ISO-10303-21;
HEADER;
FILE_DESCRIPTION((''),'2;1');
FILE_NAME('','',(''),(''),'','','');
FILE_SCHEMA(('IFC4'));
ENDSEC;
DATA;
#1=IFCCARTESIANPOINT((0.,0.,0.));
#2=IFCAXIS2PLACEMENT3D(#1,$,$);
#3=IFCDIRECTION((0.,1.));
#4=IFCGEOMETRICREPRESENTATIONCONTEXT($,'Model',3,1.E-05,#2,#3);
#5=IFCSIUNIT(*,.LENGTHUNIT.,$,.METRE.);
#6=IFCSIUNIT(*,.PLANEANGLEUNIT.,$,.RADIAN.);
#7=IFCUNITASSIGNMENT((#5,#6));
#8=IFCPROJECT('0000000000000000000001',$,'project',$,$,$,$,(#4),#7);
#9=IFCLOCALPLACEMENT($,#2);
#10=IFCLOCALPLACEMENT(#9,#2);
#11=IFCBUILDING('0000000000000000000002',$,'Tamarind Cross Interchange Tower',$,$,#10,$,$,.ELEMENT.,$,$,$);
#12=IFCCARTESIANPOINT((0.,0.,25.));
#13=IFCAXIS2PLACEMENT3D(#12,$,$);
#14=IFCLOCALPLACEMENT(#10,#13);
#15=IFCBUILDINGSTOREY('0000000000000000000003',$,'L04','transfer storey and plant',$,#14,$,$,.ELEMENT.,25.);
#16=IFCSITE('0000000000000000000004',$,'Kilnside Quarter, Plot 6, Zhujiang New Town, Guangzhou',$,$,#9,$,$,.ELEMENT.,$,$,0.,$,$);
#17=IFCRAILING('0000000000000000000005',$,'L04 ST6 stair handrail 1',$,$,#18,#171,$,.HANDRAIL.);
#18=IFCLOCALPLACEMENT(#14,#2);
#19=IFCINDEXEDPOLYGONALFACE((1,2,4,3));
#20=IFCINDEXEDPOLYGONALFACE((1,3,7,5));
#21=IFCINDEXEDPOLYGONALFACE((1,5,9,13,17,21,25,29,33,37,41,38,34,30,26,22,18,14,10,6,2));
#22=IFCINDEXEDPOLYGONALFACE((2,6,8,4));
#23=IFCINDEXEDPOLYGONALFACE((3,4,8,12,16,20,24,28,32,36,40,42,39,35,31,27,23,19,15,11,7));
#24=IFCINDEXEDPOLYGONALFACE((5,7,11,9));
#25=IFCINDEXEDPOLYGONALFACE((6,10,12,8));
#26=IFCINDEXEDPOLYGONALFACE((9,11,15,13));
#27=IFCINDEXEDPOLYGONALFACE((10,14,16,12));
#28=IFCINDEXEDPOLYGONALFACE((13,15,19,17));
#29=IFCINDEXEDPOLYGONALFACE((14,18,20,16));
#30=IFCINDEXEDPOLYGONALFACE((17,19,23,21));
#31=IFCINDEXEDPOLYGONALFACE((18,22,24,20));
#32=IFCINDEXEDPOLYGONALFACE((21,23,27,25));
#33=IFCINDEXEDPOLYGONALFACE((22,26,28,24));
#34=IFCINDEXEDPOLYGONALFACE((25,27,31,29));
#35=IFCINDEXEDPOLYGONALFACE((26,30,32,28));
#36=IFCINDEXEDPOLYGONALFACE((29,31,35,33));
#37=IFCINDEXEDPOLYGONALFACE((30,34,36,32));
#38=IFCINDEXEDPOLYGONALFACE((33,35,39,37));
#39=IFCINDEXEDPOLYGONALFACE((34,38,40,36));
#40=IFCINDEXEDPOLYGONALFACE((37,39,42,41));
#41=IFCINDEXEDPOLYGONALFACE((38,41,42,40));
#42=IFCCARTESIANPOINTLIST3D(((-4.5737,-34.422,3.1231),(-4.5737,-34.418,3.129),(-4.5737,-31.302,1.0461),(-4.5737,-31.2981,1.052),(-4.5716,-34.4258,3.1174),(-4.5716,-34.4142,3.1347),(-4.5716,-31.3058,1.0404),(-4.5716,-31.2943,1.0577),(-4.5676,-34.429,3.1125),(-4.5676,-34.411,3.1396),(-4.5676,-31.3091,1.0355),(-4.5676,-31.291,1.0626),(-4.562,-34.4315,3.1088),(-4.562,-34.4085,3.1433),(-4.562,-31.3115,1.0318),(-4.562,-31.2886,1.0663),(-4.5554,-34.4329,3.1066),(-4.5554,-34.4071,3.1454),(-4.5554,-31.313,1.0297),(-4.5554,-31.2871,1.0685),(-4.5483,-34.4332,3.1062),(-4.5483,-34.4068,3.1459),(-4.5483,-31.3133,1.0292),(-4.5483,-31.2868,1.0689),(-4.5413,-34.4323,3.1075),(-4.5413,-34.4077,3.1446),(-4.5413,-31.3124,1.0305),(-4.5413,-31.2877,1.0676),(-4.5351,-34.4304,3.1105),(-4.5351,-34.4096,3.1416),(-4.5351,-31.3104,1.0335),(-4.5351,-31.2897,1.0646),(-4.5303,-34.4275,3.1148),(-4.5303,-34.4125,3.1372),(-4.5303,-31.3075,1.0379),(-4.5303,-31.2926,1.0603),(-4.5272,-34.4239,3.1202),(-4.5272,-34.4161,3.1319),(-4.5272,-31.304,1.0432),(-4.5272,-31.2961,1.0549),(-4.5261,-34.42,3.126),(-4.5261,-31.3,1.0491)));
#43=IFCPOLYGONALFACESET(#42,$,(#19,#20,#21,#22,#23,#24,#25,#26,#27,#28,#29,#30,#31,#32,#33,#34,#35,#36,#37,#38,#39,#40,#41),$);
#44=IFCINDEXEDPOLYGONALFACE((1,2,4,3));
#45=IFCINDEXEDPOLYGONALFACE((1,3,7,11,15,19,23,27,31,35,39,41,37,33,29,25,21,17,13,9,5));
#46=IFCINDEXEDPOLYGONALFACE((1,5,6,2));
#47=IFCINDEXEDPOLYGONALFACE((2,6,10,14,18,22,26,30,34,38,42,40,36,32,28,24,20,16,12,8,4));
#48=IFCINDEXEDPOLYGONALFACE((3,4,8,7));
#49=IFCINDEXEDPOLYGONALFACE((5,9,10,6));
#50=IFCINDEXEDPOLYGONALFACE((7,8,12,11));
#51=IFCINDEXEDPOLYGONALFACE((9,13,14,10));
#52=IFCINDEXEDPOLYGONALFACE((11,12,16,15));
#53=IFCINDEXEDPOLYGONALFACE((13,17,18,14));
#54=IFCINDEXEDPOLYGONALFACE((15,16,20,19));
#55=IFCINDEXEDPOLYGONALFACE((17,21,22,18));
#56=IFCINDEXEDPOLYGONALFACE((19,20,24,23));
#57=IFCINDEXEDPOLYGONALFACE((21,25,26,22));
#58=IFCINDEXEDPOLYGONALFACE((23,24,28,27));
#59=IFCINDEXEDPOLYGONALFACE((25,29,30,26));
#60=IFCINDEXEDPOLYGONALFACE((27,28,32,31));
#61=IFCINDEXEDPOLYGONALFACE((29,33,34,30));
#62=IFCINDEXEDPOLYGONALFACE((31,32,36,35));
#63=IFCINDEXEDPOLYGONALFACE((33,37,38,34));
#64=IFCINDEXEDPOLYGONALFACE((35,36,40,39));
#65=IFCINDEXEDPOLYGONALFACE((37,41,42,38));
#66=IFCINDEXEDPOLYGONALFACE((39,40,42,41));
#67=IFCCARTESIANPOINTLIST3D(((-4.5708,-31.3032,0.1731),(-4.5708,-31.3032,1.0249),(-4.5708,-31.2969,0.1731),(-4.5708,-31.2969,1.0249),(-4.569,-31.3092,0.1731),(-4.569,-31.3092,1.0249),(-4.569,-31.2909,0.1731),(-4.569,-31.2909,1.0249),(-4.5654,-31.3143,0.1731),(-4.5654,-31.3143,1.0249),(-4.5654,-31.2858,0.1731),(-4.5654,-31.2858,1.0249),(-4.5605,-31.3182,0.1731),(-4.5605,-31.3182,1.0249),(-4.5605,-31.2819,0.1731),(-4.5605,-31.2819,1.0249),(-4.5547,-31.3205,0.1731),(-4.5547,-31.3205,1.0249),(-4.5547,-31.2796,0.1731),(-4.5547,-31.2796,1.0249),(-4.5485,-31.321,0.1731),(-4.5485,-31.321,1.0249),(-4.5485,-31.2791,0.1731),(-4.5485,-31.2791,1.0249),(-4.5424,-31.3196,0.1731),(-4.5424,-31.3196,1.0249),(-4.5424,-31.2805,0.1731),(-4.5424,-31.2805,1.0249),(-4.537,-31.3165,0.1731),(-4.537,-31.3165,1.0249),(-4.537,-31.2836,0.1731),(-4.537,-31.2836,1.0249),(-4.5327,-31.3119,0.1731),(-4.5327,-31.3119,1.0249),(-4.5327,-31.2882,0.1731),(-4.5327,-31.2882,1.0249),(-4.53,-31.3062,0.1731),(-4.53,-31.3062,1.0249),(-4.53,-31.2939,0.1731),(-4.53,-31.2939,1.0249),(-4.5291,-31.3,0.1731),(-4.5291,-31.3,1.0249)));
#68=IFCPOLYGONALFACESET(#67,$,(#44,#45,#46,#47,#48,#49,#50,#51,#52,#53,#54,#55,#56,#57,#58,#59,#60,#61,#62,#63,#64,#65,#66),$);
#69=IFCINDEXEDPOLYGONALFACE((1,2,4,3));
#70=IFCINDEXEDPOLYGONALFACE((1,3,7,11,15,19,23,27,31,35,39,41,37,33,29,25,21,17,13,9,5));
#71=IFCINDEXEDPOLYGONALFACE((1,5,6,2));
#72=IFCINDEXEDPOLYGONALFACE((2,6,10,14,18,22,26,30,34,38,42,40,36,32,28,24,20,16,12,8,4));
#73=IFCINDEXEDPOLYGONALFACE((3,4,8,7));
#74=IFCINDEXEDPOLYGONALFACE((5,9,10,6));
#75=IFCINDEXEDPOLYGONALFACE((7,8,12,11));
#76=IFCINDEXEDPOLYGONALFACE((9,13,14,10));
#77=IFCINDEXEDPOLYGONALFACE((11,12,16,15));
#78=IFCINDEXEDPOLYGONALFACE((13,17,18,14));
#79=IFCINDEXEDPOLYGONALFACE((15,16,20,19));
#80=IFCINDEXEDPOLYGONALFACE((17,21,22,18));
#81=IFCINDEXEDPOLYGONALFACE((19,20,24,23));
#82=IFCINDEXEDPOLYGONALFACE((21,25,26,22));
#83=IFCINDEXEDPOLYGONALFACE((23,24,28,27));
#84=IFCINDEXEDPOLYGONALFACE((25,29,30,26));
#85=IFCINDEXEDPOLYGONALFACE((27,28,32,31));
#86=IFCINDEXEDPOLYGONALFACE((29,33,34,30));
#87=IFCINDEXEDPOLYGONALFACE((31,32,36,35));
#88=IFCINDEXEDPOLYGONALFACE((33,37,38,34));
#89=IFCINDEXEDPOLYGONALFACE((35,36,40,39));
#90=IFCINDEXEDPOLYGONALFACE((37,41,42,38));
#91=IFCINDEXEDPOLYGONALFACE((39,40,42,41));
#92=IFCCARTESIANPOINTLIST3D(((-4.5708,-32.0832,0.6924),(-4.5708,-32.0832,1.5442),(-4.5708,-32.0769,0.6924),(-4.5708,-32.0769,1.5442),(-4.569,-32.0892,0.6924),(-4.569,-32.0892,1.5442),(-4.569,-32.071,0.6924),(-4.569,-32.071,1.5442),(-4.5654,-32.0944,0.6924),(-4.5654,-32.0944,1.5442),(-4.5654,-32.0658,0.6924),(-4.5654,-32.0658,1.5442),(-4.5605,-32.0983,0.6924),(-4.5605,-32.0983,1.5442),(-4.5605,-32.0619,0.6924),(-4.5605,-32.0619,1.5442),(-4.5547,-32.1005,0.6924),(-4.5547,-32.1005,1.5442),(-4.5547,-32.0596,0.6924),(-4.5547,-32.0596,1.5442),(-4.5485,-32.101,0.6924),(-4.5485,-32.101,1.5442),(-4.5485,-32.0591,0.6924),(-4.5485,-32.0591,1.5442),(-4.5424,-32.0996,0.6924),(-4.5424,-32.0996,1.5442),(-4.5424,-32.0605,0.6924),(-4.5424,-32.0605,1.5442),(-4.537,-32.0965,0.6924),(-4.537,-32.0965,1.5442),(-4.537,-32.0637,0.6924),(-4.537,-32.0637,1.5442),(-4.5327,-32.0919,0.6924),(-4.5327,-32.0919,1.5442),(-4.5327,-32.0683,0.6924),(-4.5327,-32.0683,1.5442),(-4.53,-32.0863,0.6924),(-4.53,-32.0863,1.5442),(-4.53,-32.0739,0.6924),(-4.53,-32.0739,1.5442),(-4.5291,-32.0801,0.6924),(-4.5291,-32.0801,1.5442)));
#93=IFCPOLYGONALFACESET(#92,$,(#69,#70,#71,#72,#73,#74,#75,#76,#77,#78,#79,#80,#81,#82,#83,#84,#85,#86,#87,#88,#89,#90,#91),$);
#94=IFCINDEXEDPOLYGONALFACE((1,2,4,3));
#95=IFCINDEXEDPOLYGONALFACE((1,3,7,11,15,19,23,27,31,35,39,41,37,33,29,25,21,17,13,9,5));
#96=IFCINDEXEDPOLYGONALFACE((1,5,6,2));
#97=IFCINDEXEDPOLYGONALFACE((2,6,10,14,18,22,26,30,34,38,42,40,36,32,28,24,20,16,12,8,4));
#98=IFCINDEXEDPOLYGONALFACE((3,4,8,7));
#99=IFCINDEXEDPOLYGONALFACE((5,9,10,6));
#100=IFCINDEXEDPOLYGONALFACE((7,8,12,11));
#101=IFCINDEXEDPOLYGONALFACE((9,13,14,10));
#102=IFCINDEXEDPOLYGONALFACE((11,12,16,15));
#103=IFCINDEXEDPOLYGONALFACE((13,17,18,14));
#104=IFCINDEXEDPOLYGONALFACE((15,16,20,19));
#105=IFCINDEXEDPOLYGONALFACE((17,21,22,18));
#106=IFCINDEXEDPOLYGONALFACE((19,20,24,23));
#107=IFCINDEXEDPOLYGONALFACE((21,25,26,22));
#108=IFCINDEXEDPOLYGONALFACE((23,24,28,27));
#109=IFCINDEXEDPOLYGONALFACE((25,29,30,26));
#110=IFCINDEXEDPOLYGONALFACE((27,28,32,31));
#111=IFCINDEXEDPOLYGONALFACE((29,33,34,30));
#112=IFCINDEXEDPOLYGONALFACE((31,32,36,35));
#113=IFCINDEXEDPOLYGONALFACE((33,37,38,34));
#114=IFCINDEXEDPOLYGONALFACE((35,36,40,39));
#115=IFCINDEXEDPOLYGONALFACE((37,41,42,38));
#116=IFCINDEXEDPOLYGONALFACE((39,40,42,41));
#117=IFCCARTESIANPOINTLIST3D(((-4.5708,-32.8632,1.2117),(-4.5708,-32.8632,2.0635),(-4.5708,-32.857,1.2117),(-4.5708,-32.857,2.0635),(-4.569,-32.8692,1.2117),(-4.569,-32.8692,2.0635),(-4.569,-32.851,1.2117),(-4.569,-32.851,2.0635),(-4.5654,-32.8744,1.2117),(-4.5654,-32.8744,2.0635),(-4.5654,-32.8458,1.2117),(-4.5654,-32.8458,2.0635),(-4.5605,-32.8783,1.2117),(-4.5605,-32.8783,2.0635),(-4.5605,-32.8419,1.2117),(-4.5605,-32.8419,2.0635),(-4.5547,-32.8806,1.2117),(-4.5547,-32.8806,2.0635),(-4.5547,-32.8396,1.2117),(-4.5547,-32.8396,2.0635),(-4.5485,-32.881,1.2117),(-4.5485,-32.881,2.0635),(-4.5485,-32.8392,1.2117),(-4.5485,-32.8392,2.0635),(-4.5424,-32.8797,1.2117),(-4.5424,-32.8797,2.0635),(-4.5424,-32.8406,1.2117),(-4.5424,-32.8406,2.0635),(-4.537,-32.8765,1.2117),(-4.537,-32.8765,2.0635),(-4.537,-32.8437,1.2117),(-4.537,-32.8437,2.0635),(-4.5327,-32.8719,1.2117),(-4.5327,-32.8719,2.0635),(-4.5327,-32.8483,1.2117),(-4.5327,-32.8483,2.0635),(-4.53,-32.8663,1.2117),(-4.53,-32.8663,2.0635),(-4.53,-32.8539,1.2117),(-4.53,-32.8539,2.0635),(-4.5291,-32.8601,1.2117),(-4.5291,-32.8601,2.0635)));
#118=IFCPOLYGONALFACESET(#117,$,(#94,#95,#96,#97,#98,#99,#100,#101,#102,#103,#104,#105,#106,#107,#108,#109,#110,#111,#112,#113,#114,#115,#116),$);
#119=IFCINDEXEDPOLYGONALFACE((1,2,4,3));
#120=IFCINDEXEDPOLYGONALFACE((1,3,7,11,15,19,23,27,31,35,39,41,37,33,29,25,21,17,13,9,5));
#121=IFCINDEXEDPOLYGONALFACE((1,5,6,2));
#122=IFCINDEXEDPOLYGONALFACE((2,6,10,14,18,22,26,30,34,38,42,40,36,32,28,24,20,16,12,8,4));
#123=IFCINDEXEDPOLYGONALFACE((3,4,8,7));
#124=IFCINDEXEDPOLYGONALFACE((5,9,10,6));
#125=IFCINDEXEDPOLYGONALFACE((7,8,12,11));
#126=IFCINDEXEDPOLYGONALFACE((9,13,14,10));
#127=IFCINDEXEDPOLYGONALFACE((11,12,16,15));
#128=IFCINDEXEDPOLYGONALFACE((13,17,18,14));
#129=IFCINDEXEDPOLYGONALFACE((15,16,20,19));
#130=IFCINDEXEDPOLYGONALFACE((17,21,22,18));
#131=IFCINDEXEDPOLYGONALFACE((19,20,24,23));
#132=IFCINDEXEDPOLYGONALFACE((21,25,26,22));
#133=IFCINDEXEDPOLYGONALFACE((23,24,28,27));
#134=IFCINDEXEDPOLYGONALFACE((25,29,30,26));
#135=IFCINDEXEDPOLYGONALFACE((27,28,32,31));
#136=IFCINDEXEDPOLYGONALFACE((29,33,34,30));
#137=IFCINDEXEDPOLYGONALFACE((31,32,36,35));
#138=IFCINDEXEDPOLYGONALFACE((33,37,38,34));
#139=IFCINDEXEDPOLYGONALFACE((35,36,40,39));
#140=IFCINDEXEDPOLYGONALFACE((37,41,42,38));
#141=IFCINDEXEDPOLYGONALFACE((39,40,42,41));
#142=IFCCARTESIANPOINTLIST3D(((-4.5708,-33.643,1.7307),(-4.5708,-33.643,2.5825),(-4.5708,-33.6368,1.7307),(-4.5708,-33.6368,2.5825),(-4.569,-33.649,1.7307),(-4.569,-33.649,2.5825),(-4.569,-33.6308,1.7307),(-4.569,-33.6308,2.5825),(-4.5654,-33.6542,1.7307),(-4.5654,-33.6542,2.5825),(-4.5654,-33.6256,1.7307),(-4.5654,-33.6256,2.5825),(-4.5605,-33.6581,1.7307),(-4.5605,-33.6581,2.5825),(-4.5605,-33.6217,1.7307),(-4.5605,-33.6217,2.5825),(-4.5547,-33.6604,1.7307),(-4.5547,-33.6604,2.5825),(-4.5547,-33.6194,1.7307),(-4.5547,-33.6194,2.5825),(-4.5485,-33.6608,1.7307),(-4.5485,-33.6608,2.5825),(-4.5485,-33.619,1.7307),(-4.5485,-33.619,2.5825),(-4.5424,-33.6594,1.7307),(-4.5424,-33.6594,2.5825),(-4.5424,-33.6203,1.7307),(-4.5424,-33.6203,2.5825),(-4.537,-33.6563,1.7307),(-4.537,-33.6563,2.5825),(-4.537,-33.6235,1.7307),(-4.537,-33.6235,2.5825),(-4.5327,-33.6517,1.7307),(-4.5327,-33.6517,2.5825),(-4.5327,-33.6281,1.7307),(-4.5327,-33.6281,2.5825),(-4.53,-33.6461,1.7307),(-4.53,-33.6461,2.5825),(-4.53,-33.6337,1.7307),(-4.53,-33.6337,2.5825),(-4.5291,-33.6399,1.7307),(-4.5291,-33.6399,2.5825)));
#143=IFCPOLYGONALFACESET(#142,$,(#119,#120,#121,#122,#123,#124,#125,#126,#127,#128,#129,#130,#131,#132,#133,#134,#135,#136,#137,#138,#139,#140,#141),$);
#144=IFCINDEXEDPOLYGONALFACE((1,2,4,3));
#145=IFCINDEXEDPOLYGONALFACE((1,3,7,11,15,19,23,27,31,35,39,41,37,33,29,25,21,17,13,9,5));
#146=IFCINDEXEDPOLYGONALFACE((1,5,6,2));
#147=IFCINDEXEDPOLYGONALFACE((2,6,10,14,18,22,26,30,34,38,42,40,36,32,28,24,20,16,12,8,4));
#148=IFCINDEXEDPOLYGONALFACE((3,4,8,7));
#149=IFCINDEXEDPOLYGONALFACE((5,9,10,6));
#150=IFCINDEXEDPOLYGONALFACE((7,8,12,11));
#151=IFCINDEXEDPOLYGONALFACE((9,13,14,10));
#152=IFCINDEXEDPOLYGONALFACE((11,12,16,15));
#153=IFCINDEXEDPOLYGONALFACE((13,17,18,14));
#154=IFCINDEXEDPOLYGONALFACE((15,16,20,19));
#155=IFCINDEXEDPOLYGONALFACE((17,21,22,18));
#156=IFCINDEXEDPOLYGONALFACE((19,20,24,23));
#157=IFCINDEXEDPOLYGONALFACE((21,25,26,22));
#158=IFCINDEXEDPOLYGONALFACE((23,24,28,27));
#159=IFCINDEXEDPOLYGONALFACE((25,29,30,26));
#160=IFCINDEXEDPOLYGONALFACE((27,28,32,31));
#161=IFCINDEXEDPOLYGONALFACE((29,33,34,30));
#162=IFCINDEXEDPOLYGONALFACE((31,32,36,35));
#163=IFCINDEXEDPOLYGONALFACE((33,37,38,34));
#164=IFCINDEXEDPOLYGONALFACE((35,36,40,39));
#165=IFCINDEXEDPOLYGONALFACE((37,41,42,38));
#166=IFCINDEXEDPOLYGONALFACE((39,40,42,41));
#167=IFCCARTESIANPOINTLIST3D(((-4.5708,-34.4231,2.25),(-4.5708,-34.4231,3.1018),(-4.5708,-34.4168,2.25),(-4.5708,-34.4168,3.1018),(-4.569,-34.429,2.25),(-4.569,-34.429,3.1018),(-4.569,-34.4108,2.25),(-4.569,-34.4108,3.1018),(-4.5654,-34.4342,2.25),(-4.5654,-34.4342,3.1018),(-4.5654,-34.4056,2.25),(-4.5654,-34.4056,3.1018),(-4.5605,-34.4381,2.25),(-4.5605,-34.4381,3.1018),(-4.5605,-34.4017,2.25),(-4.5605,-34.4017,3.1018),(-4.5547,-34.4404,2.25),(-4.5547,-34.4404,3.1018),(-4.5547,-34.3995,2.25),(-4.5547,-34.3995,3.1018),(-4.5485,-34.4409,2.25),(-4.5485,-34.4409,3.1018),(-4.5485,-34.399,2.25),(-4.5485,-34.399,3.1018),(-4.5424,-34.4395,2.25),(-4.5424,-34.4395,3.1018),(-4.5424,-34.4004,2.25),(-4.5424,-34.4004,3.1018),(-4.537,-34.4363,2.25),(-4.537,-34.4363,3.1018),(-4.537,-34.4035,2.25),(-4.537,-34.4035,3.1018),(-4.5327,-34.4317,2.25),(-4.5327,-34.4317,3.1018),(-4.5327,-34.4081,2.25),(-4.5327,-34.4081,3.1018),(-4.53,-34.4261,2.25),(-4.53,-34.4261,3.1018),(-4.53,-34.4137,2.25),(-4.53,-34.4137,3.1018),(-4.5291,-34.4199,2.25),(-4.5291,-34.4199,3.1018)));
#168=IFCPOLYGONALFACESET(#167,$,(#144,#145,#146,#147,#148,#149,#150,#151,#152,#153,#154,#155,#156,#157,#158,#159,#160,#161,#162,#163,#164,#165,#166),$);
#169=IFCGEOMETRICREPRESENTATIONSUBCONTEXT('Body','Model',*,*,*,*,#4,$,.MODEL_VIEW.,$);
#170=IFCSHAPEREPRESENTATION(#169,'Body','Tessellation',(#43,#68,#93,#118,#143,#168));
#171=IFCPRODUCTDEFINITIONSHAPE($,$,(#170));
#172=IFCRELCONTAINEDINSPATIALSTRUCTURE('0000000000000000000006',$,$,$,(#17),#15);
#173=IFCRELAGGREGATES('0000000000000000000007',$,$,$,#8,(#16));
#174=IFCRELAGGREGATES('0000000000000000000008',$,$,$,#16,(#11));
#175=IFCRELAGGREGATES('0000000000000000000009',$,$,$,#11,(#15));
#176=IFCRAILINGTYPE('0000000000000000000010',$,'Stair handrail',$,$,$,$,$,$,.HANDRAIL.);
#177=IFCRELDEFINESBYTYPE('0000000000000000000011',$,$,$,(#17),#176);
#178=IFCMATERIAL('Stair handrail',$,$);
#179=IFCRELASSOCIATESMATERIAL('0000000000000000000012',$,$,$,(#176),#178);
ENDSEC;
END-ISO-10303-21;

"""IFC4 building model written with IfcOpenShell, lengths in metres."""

from ifc_helpers import new_model, si_unit, direction, frame, origin, origin_2d, place, context, subcontext, project, spatial, circle, extrude, material, type_object, element, save


model = new_model("IFC4")

# Units and contexts
model_context = context("Model", 3, precision=1e-05, world=origin(), true_north=direction((0.0, 1.0)))
body_context = subcontext(model_context, "Body", "Model", "MODEL_VIEW")
ifc_project = project(units=[si_unit("LENGTHUNIT", "METRE"), si_unit("PLANEANGLEUNIT", "RADIAN")], contexts=[model_context])

# Site, building, storey
site_placement = place(None, origin())
site = spatial("IfcSite", under=ifc_project, at=site_placement, Name="Kilnside Quarter, Plot 6, Zhujiang New Town, Guangzhou", CompositionType="ELEMENT", RefElevation=0.0)
building_placement = place(site_placement, origin())
building = spatial("IfcBuilding", under=site, at=building_placement, Name="Tamarind Cross Interchange Tower", CompositionType="ELEMENT")
storey_placement = place(building_placement, frame((0.0, 0.0, 25.0)))
storey = spatial("IfcBuildingStorey", under=building, at=storey_placement, Name="L04", Description="transfer storey and plant", CompositionType="ELEMENT", Elevation=25.0)

# Railing
ifc_material_1 = material(Name="Stair handrail")
railing_type_1 = type_object("IfcRailingType", Name="Stair handrail", PredefinedType="HANDRAIL", material=ifc_material_1)
railing_1_placement = place(storey_placement, frame((-4.55, -31.3, 0.1731)))
element("IfcRailing", 1, at=railing_1_placement, inside=storey, type_object=railing_type_1, Name="L04 ST6 stair handrail 1", PredefinedType="HANDRAIL", context=body_context, shape_type="SweptSolid", body=[
    extrude(circle(Radius=0.0239, at=origin_2d()), frame((0.0, 0.0, 0.876), z_axis=(0.0, -0.832421, 0.554144), x_axis=(1.0, 0.0, 0.0)), (0.0, 0.0, 1.0), 3.748),
    extrude(circle(Radius=0.021, at=origin_2d()), origin(), (0.0, 0.0, 1.0), 0.8518),
    extrude(circle(Radius=0.021, at=origin_2d()), frame((0.0, -0.78, 0.5193)), (0.0, 0.0, 1.0), 0.8518),
    extrude(circle(Radius=0.021, at=origin_2d()), frame((0.0, -1.5601, 1.0386)), (0.0, 0.0, 1.0), 0.8518),
    extrude(circle(Radius=0.021, at=origin_2d()), frame((0.0, -2.3398, 1.5576)), (0.0, 0.0, 1.0), 0.8518),
    extrude(circle(Radius=0.021, at=origin_2d()), frame((0.0, -3.1199, 2.0769)), (0.0, 0.0, 1.0), 0.8518),
])

save(model, "model.ifc")
